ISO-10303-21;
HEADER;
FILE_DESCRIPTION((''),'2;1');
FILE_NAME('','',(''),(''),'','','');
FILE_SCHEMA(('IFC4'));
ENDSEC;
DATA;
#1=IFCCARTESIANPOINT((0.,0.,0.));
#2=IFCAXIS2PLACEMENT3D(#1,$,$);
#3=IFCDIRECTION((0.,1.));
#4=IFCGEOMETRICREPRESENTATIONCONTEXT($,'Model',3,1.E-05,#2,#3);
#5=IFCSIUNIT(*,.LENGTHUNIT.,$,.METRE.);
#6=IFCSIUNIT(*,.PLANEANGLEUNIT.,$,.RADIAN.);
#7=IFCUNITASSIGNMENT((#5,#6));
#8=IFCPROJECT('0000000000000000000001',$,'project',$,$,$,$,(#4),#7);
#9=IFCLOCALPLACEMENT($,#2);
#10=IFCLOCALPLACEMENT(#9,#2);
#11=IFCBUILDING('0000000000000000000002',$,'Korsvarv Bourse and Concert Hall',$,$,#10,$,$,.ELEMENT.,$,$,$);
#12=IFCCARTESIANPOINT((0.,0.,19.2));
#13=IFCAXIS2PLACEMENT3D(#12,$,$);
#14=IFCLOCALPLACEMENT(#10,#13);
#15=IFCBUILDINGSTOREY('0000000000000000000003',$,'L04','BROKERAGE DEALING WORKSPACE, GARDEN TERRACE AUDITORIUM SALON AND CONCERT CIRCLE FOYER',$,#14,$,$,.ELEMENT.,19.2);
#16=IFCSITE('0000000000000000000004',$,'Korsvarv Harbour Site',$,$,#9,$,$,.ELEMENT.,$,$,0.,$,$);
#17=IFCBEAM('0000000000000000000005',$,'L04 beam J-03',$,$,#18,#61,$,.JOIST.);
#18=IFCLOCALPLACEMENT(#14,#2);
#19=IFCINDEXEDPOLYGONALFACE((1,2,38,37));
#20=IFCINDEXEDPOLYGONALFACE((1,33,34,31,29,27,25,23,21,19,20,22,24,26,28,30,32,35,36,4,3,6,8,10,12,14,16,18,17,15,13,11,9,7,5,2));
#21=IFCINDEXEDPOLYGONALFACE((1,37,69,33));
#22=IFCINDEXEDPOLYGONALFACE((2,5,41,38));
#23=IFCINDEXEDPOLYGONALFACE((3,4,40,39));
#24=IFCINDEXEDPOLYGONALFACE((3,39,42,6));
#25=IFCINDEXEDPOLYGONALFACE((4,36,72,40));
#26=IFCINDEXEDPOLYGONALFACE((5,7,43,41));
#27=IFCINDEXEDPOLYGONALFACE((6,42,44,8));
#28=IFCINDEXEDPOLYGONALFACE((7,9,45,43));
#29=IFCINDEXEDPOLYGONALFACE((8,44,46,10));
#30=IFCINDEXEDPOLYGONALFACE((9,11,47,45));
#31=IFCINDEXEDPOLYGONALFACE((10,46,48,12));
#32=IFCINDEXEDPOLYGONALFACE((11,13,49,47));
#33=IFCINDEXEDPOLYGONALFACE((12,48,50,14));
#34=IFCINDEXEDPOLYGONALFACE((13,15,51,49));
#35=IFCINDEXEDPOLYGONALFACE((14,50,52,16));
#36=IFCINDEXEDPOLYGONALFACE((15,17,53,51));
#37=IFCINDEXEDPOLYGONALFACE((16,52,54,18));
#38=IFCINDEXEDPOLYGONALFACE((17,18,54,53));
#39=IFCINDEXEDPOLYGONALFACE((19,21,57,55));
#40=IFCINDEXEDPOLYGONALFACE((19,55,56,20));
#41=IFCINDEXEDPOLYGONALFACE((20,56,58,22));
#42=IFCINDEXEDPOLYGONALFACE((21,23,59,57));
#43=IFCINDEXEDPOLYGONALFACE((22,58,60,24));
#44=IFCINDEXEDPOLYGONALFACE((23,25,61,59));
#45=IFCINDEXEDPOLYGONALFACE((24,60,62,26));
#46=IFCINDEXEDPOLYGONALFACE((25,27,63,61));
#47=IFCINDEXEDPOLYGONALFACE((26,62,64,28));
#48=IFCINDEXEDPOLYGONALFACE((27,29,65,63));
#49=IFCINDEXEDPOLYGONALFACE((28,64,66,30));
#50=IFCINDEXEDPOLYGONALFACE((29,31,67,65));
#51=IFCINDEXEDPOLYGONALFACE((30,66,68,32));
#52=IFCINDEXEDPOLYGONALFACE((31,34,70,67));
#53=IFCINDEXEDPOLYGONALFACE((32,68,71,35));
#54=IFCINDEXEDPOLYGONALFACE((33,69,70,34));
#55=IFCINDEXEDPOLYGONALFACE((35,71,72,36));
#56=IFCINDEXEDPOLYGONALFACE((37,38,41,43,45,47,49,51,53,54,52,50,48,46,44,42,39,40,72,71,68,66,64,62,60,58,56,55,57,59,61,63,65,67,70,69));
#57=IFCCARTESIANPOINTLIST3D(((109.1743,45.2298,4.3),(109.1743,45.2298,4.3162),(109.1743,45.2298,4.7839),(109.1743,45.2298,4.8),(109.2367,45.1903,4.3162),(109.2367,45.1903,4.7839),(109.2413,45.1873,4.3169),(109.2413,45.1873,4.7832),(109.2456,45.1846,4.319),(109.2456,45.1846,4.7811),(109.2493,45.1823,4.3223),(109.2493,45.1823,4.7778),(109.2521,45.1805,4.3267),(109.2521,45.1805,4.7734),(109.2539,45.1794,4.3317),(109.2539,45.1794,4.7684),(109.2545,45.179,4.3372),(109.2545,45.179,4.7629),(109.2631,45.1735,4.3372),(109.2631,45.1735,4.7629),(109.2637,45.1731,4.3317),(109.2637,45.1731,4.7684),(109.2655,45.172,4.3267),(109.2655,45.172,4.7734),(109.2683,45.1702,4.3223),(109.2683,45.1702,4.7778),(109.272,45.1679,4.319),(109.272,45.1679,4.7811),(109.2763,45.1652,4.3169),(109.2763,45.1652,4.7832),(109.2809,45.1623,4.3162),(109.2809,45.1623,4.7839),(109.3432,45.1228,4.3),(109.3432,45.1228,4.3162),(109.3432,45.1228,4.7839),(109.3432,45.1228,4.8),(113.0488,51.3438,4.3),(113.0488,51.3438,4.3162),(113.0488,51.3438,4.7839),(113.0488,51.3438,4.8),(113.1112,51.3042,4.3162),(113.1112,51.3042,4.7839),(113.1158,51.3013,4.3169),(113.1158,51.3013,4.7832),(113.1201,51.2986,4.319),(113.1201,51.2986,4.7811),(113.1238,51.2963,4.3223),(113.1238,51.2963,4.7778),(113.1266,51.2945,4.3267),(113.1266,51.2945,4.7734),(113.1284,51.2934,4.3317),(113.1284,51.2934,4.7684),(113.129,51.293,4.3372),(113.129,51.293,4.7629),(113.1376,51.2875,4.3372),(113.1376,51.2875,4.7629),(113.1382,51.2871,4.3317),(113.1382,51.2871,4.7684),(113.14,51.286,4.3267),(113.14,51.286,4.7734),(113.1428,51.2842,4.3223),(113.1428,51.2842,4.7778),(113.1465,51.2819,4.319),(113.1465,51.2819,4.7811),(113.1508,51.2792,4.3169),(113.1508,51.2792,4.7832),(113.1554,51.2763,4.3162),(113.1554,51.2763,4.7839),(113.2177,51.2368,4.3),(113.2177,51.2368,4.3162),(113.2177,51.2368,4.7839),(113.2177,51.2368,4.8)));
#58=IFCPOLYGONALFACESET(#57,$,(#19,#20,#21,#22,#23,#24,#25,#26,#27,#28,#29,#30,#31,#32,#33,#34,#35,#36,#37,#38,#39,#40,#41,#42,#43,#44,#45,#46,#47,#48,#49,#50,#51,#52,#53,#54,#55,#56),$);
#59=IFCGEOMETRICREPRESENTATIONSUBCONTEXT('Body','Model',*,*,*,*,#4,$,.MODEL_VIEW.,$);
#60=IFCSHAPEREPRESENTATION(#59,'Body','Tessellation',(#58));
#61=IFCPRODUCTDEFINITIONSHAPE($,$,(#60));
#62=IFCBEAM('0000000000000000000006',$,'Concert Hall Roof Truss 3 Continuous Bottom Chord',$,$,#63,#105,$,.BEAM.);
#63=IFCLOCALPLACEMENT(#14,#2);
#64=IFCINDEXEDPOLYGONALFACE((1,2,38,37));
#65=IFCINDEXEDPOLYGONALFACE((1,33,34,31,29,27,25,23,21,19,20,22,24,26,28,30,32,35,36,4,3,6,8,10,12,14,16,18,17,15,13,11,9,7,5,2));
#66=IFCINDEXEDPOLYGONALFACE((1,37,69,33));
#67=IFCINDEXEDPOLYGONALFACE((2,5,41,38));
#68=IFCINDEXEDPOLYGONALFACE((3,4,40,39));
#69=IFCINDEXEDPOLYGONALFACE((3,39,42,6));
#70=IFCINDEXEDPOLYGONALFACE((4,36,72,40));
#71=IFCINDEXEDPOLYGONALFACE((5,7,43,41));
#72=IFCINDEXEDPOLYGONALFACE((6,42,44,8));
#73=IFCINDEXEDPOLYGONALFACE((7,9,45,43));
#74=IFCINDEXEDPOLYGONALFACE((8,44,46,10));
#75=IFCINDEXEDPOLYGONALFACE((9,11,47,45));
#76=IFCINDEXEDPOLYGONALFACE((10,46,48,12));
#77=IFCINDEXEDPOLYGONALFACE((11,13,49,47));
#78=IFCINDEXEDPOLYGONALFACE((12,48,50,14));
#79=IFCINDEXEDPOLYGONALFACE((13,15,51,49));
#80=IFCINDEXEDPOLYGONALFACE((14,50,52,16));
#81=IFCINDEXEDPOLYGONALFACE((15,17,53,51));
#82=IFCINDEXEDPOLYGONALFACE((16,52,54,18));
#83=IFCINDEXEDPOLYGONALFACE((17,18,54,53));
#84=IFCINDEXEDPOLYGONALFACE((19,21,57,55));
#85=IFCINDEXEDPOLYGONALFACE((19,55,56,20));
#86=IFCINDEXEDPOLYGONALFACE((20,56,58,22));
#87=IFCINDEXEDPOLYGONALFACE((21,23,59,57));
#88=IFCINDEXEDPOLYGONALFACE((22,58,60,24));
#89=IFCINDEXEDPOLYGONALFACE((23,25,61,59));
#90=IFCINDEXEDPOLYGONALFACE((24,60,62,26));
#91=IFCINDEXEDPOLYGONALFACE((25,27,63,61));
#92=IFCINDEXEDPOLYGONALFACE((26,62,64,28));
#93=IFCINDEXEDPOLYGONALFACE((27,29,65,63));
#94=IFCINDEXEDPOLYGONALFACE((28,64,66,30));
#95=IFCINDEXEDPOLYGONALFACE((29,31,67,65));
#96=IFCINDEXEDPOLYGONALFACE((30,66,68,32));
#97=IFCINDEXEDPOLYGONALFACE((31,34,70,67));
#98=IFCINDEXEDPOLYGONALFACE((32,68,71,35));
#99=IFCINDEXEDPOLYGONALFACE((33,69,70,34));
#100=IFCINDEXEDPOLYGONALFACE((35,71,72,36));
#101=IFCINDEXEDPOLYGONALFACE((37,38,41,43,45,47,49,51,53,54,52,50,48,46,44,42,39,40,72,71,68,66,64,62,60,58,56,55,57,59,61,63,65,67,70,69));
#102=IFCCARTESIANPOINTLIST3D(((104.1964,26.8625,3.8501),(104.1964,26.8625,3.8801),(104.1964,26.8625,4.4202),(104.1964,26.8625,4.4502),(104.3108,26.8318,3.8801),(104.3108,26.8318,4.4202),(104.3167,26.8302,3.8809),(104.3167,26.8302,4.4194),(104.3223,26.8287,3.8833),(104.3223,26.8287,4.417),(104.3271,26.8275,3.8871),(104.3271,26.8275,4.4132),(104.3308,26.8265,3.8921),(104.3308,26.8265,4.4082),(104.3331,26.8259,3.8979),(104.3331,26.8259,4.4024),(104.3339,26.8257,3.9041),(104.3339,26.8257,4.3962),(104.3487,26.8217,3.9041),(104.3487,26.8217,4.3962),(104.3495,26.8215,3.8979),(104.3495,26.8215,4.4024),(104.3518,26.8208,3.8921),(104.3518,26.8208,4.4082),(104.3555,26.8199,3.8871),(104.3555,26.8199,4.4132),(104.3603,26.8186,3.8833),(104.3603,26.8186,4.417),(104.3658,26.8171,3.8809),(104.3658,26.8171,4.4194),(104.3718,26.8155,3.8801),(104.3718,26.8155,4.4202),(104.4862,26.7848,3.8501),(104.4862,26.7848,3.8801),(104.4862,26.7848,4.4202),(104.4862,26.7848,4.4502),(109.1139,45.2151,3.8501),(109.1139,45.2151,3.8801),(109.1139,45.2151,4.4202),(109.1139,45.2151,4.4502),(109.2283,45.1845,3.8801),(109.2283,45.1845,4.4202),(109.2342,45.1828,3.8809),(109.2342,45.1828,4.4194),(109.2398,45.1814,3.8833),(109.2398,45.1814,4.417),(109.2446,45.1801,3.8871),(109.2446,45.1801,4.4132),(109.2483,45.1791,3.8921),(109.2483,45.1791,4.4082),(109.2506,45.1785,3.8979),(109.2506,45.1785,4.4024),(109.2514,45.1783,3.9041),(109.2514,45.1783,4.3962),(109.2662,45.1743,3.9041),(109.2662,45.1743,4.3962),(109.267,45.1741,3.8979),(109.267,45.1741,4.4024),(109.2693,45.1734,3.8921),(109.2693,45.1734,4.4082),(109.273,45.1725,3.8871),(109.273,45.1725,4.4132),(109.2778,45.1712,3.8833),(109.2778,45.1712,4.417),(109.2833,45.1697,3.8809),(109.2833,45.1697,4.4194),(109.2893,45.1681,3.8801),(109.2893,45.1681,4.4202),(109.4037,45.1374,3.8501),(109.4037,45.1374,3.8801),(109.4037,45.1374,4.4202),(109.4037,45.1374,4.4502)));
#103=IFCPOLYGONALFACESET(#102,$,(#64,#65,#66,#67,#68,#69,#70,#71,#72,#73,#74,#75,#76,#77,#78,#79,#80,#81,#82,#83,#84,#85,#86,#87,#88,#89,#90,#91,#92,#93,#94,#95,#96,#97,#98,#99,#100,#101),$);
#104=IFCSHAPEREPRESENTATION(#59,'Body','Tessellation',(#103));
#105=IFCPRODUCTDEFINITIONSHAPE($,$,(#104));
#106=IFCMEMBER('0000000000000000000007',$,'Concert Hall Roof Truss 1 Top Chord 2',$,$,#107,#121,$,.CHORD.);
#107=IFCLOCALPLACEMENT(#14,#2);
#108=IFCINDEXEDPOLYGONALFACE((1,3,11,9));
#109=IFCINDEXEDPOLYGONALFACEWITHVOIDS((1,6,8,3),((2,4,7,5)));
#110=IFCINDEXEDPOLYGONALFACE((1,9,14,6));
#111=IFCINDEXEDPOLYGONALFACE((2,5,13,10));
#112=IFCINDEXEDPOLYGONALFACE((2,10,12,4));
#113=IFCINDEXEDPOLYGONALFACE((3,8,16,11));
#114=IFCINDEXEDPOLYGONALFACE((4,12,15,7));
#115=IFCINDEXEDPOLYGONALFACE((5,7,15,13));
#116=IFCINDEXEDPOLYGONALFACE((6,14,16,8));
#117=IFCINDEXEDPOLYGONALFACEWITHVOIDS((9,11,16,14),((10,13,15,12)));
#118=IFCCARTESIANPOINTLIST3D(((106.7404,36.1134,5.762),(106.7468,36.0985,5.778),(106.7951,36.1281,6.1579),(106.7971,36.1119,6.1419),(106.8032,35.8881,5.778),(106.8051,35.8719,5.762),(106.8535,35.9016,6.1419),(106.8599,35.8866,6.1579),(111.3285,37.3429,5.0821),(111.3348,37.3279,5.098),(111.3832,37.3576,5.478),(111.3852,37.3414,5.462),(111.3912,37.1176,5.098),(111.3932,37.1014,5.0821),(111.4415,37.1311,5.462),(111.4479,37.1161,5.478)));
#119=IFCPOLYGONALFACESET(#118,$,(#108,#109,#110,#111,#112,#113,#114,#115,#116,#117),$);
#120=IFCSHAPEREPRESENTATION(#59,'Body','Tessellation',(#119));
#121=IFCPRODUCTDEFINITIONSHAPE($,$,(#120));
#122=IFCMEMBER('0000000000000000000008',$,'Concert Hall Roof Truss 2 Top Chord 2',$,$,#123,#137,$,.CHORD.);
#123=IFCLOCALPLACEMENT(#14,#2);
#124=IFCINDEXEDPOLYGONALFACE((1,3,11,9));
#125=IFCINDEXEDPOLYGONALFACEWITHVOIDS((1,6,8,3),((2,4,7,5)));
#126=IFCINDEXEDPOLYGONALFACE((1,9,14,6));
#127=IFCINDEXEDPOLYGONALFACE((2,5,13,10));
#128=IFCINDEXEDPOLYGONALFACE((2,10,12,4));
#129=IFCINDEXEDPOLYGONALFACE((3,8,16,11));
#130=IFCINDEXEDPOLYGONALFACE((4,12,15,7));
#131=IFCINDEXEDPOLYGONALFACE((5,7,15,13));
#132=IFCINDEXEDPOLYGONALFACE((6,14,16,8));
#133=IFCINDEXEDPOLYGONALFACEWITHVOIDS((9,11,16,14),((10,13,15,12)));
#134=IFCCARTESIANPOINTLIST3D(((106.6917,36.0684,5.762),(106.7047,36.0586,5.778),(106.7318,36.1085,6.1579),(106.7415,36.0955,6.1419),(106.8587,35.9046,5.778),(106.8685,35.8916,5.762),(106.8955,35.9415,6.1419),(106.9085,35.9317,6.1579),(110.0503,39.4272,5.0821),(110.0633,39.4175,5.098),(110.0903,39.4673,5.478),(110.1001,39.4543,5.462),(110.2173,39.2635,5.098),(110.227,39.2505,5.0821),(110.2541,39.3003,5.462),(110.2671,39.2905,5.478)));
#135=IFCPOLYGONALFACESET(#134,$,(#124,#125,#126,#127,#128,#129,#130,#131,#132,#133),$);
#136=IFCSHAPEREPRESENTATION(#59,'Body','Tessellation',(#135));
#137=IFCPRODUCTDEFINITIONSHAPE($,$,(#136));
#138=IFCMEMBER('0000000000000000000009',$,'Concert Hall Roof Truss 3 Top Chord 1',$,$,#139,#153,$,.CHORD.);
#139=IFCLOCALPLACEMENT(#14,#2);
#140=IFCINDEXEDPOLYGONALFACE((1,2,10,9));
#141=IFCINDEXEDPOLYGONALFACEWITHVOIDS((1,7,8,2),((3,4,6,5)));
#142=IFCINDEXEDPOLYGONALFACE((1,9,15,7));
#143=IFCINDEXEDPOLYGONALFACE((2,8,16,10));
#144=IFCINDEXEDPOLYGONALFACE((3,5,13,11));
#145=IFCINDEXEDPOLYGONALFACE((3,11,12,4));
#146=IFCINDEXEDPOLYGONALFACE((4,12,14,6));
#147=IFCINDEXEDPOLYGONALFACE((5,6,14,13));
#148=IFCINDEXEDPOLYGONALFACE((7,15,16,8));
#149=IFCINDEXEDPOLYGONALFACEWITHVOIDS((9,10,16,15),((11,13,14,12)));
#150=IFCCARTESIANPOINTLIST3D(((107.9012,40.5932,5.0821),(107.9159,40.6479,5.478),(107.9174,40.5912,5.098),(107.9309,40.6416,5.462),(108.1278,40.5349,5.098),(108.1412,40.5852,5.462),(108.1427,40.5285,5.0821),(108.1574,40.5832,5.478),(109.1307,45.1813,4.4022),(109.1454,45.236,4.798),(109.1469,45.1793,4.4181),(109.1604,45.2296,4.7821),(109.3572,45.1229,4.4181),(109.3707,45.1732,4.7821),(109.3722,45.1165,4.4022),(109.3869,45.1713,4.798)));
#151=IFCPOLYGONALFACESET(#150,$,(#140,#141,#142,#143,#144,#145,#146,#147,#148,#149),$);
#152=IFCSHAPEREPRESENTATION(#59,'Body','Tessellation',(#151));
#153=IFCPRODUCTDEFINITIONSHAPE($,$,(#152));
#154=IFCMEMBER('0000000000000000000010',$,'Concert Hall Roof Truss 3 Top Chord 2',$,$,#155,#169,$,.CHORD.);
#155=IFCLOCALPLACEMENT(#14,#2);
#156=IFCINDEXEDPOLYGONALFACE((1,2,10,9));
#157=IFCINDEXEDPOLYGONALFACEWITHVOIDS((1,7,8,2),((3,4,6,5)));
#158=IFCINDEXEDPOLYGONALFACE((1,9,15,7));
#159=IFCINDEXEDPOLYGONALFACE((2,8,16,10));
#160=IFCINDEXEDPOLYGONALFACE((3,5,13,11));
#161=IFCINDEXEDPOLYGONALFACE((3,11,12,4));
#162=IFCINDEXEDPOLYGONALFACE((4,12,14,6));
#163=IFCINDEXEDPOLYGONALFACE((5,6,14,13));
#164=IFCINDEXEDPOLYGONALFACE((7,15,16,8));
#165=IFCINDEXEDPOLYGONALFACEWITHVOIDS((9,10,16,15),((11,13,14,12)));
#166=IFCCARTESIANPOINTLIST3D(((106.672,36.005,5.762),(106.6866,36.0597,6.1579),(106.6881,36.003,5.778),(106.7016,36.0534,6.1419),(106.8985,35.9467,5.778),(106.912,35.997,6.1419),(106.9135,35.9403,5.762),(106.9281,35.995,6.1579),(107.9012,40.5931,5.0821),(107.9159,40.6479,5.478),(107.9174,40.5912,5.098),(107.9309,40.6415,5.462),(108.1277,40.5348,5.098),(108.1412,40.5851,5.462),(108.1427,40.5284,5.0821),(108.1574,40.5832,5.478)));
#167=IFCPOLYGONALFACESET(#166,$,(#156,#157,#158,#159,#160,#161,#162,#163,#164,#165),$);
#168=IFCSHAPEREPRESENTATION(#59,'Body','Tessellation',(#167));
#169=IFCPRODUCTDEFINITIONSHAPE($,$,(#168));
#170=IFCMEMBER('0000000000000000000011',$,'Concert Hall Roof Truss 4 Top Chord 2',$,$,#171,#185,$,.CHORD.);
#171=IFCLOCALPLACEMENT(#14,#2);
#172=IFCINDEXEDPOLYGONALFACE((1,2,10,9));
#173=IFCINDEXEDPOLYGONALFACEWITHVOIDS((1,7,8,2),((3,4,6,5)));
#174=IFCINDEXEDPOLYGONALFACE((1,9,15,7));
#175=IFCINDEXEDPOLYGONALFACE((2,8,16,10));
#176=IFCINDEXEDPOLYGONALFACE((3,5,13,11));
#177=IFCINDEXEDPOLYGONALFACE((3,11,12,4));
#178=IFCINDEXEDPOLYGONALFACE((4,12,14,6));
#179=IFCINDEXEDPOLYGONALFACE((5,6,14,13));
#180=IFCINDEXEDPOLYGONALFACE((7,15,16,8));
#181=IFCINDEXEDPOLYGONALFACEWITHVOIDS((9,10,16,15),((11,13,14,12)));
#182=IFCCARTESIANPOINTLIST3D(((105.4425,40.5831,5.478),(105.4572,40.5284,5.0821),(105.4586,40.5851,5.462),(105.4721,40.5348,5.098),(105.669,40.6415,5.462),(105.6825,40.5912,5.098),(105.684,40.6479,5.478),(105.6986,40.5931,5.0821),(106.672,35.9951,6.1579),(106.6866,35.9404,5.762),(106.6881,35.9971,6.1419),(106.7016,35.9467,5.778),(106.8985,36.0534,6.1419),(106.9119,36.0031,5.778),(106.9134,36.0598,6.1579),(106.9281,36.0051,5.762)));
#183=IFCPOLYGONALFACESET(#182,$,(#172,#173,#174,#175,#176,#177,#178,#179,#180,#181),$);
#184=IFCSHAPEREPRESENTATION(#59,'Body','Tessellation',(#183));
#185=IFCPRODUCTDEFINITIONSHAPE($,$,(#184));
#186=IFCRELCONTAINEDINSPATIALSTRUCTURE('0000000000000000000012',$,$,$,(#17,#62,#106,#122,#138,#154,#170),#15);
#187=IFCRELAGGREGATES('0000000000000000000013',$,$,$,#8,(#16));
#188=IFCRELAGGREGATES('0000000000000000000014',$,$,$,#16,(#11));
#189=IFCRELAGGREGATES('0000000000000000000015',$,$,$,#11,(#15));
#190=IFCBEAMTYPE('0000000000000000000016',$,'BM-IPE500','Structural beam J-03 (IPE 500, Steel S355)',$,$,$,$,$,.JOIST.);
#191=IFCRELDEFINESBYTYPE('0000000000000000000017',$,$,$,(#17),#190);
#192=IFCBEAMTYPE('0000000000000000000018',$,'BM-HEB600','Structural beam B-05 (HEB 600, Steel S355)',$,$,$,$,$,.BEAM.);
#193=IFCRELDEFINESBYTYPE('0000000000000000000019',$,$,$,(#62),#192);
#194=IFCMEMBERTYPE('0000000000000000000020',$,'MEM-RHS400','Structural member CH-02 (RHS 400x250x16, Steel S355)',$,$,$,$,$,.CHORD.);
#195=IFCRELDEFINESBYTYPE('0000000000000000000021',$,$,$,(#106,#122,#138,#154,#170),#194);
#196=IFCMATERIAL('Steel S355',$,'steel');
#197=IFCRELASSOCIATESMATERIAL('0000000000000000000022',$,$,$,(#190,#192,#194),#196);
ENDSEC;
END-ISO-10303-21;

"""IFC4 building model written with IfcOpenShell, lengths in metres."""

from ifc_helpers import new_model, si_unit, direction, frame, origin, origin_2d, place, context, subcontext, project, spatial, hollow_rectangle, i_section, extrude, source, transform, mapped, material, material_profile, profile_set, type_object, element, save


model = new_model("IFC4")

# Units and contexts
model_context = context("Model", 3, precision=1e-05, world=origin(), true_north=direction((0.0, 1.0)))
body_context = subcontext(model_context, "Body", "Model", "MODEL_VIEW")
ifc_project = project(units=[si_unit("LENGTHUNIT", "METRE"), si_unit("PLANEANGLEUNIT", "RADIAN")], contexts=[model_context])

# Site, building, storey
site_placement = place(None, origin())
site = spatial("IfcSite", under=ifc_project, at=site_placement, Name="Korsvarv Harbour Site", CompositionType="ELEMENT", RefElevation=0.0)
building_placement = place(site_placement, origin())
building = spatial("IfcBuilding", under=site, at=building_placement, Name="Korsvarv Bourse and Concert Hall", CompositionType="ELEMENT")
storey_placement = place(building_placement, frame((0.0, 0.0, 19.2)))
storey = spatial("IfcBuildingStorey", under=building, at=storey_placement, Name="L04", Description="BROKERAGE DEALING WORKSPACE, GARDEN TERRACE AUDITORIUM SALON AND CONCERT CIRCLE FOYER", CompositionType="ELEMENT", Elevation=19.2)

# Beams
ifc_material_1 = material(Name="Steel S355", Category="steel")
ifc_material_profile_1 = material_profile(ifc_material_1, i_section(OverallWidth=0.2, OverallDepth=0.5, WebThickness=0.0103, FlangeThickness=0.0161, FilletRadius=0.021, at=origin_2d()), Name="IPE 500")
ifc_profile_set_1 = profile_set([ifc_material_profile_1], Name="Steel S355")
beam_type_1 = type_object("IfcBeamType", Name="BM-IPE500", Description="Structural beam J-03 (IPE 500, Steel S355)", PredefinedType="JOIST", material=ifc_profile_set_1)
shared_shape_1 = source(origin(), body_context, "Body", "SweptSolid", [
    extrude(i_section(OverallWidth=0.2, OverallDepth=0.5, WebThickness=0.0103, FlangeThickness=0.0161, FilletRadius=0.021, at=origin_2d()), origin(), (0.0, 0.0, 1.0), 7.2383),
])
beam_1_placement = place(storey_placement, frame((109.2588, 45.1763, 4.55), z_axis=(0.535279, 0.844675, 0.0), x_axis=(-0.844675, 0.535279, 0.0)))
element("IfcBeam", 1, at=beam_1_placement, inside=storey, type_object=beam_type_1, Name="L04 beam J-03", PredefinedType="JOIST", context=body_context, shape_type="MappedRepresentation", body=[
    mapped(shared_shape_1, transform((0.0, 0.0, 0.0), scale=1.0)),
])
ifc_material_profile_2 = material_profile(ifc_material_1, i_section(OverallWidth=0.3, OverallDepth=0.6001, WebThickness=0.0154, FlangeThickness=0.03, FilletRadius=0.0239, at=origin_2d()), Name="HEB 600")
ifc_profile_set_2 = profile_set([ifc_material_profile_2], Name="Steel S355")
beam_type_2 = type_object("IfcBeamType", Name="BM-HEB600", Description="Structural beam B-05 (HEB 600, Steel S355)", PredefinedType="BEAM", material=ifc_profile_set_2)
shared_shape_2 = source(origin(), body_context, "Body", "SweptSolid", [
    extrude(i_section(OverallWidth=0.3, OverallDepth=0.6001, WebThickness=0.0154, FlangeThickness=0.03, FilletRadius=0.0239, at=origin_2d()), origin(), (0.0, 0.0, 1.0), 19.0),
])
beam_2_placement = place(storey_placement, frame((109.2588, 45.1763, 4.1501), z_axis=(-0.258816, -0.965927, 0.0), x_axis=(0.965927, -0.258816, 0.0)))
element("IfcBeam", 2, at=beam_2_placement, inside=storey, type_object=beam_type_2, Name="Concert Hall Roof Truss 3 Continuous Bottom Chord", PredefinedType="BEAM", context=body_context, shape_type="MappedRepresentation", body=[
    mapped(shared_shape_2, transform((0.0, 0.0, 0.0), scale=1.0)),
])

# Members
ifc_material_profile_3 = material_profile(ifc_material_1, hollow_rectangle(XDim=0.25, YDim=0.3999, WallThickness=0.0161, at=origin_2d()), Name="RHS 400x250x16")
ifc_profile_set_3 = profile_set([ifc_material_profile_3], Name="Steel S355")
member_type_1 = type_object("IfcMemberType", Name="MEM-RHS400", Description="Structural member CH-02 (RHS 400x250x16, Steel S355)", PredefinedType="CHORD", material=ifc_profile_set_3)
shared_shape_3 = source(origin(), body_context, "Body", "SweptSolid", [
    extrude(hollow_rectangle(XDim=0.25, YDim=0.3999, WallThickness=0.0161, at=origin_2d()), origin(), (0.0, 0.0, 1.0), 4.7983),
])
for number, where, z_axis, x_axis, name in (
    (3, (111.3882, 37.2295, 5.28), (-0.956174, -0.256228, 0.141699), (0.25884, -0.96592, 0.0), "Concert Hall Roof Truss 1 Top Chord 2"),
    (4, (110.1587, 39.3589, 5.28), (-0.699947, -0.699997, 0.141699), (0.707132, -0.707081, 0.0), "Concert Hall Roof Truss 2 Top Chord 2"),
    (5, (109.2588, 45.1763, 4.6001), (-0.256228, -0.956174, 0.141699), (0.96592, -0.25884, 0.0), "Concert Hall Roof Truss 3 Top Chord 1"),
    (6, (108.0293, 40.5881, 5.28), (-0.25618, -0.956186, 0.141701), (0.965933, -0.258792, 0.0), "Concert Hall Roof Truss 3 Top Chord 2"),
    (7, (105.5706, 40.5881, 5.28), (0.256228, -0.956174, 0.141699), (0.96592, 0.25884, 0.0), "Concert Hall Roof Truss 4 Top Chord 2"),
):
    element("IfcMember", number, at=place(storey_placement, frame(where, z_axis=z_axis, x_axis=x_axis)), inside=storey, type_object=member_type_1, Name=name, PredefinedType="CHORD", context=body_context, shape_type="MappedRepresentation", body=[
        mapped(shared_shape_3, transform((0.0, 0.0, 0.0), scale=1.0)),
    ])

save(model, "model.ifc")
